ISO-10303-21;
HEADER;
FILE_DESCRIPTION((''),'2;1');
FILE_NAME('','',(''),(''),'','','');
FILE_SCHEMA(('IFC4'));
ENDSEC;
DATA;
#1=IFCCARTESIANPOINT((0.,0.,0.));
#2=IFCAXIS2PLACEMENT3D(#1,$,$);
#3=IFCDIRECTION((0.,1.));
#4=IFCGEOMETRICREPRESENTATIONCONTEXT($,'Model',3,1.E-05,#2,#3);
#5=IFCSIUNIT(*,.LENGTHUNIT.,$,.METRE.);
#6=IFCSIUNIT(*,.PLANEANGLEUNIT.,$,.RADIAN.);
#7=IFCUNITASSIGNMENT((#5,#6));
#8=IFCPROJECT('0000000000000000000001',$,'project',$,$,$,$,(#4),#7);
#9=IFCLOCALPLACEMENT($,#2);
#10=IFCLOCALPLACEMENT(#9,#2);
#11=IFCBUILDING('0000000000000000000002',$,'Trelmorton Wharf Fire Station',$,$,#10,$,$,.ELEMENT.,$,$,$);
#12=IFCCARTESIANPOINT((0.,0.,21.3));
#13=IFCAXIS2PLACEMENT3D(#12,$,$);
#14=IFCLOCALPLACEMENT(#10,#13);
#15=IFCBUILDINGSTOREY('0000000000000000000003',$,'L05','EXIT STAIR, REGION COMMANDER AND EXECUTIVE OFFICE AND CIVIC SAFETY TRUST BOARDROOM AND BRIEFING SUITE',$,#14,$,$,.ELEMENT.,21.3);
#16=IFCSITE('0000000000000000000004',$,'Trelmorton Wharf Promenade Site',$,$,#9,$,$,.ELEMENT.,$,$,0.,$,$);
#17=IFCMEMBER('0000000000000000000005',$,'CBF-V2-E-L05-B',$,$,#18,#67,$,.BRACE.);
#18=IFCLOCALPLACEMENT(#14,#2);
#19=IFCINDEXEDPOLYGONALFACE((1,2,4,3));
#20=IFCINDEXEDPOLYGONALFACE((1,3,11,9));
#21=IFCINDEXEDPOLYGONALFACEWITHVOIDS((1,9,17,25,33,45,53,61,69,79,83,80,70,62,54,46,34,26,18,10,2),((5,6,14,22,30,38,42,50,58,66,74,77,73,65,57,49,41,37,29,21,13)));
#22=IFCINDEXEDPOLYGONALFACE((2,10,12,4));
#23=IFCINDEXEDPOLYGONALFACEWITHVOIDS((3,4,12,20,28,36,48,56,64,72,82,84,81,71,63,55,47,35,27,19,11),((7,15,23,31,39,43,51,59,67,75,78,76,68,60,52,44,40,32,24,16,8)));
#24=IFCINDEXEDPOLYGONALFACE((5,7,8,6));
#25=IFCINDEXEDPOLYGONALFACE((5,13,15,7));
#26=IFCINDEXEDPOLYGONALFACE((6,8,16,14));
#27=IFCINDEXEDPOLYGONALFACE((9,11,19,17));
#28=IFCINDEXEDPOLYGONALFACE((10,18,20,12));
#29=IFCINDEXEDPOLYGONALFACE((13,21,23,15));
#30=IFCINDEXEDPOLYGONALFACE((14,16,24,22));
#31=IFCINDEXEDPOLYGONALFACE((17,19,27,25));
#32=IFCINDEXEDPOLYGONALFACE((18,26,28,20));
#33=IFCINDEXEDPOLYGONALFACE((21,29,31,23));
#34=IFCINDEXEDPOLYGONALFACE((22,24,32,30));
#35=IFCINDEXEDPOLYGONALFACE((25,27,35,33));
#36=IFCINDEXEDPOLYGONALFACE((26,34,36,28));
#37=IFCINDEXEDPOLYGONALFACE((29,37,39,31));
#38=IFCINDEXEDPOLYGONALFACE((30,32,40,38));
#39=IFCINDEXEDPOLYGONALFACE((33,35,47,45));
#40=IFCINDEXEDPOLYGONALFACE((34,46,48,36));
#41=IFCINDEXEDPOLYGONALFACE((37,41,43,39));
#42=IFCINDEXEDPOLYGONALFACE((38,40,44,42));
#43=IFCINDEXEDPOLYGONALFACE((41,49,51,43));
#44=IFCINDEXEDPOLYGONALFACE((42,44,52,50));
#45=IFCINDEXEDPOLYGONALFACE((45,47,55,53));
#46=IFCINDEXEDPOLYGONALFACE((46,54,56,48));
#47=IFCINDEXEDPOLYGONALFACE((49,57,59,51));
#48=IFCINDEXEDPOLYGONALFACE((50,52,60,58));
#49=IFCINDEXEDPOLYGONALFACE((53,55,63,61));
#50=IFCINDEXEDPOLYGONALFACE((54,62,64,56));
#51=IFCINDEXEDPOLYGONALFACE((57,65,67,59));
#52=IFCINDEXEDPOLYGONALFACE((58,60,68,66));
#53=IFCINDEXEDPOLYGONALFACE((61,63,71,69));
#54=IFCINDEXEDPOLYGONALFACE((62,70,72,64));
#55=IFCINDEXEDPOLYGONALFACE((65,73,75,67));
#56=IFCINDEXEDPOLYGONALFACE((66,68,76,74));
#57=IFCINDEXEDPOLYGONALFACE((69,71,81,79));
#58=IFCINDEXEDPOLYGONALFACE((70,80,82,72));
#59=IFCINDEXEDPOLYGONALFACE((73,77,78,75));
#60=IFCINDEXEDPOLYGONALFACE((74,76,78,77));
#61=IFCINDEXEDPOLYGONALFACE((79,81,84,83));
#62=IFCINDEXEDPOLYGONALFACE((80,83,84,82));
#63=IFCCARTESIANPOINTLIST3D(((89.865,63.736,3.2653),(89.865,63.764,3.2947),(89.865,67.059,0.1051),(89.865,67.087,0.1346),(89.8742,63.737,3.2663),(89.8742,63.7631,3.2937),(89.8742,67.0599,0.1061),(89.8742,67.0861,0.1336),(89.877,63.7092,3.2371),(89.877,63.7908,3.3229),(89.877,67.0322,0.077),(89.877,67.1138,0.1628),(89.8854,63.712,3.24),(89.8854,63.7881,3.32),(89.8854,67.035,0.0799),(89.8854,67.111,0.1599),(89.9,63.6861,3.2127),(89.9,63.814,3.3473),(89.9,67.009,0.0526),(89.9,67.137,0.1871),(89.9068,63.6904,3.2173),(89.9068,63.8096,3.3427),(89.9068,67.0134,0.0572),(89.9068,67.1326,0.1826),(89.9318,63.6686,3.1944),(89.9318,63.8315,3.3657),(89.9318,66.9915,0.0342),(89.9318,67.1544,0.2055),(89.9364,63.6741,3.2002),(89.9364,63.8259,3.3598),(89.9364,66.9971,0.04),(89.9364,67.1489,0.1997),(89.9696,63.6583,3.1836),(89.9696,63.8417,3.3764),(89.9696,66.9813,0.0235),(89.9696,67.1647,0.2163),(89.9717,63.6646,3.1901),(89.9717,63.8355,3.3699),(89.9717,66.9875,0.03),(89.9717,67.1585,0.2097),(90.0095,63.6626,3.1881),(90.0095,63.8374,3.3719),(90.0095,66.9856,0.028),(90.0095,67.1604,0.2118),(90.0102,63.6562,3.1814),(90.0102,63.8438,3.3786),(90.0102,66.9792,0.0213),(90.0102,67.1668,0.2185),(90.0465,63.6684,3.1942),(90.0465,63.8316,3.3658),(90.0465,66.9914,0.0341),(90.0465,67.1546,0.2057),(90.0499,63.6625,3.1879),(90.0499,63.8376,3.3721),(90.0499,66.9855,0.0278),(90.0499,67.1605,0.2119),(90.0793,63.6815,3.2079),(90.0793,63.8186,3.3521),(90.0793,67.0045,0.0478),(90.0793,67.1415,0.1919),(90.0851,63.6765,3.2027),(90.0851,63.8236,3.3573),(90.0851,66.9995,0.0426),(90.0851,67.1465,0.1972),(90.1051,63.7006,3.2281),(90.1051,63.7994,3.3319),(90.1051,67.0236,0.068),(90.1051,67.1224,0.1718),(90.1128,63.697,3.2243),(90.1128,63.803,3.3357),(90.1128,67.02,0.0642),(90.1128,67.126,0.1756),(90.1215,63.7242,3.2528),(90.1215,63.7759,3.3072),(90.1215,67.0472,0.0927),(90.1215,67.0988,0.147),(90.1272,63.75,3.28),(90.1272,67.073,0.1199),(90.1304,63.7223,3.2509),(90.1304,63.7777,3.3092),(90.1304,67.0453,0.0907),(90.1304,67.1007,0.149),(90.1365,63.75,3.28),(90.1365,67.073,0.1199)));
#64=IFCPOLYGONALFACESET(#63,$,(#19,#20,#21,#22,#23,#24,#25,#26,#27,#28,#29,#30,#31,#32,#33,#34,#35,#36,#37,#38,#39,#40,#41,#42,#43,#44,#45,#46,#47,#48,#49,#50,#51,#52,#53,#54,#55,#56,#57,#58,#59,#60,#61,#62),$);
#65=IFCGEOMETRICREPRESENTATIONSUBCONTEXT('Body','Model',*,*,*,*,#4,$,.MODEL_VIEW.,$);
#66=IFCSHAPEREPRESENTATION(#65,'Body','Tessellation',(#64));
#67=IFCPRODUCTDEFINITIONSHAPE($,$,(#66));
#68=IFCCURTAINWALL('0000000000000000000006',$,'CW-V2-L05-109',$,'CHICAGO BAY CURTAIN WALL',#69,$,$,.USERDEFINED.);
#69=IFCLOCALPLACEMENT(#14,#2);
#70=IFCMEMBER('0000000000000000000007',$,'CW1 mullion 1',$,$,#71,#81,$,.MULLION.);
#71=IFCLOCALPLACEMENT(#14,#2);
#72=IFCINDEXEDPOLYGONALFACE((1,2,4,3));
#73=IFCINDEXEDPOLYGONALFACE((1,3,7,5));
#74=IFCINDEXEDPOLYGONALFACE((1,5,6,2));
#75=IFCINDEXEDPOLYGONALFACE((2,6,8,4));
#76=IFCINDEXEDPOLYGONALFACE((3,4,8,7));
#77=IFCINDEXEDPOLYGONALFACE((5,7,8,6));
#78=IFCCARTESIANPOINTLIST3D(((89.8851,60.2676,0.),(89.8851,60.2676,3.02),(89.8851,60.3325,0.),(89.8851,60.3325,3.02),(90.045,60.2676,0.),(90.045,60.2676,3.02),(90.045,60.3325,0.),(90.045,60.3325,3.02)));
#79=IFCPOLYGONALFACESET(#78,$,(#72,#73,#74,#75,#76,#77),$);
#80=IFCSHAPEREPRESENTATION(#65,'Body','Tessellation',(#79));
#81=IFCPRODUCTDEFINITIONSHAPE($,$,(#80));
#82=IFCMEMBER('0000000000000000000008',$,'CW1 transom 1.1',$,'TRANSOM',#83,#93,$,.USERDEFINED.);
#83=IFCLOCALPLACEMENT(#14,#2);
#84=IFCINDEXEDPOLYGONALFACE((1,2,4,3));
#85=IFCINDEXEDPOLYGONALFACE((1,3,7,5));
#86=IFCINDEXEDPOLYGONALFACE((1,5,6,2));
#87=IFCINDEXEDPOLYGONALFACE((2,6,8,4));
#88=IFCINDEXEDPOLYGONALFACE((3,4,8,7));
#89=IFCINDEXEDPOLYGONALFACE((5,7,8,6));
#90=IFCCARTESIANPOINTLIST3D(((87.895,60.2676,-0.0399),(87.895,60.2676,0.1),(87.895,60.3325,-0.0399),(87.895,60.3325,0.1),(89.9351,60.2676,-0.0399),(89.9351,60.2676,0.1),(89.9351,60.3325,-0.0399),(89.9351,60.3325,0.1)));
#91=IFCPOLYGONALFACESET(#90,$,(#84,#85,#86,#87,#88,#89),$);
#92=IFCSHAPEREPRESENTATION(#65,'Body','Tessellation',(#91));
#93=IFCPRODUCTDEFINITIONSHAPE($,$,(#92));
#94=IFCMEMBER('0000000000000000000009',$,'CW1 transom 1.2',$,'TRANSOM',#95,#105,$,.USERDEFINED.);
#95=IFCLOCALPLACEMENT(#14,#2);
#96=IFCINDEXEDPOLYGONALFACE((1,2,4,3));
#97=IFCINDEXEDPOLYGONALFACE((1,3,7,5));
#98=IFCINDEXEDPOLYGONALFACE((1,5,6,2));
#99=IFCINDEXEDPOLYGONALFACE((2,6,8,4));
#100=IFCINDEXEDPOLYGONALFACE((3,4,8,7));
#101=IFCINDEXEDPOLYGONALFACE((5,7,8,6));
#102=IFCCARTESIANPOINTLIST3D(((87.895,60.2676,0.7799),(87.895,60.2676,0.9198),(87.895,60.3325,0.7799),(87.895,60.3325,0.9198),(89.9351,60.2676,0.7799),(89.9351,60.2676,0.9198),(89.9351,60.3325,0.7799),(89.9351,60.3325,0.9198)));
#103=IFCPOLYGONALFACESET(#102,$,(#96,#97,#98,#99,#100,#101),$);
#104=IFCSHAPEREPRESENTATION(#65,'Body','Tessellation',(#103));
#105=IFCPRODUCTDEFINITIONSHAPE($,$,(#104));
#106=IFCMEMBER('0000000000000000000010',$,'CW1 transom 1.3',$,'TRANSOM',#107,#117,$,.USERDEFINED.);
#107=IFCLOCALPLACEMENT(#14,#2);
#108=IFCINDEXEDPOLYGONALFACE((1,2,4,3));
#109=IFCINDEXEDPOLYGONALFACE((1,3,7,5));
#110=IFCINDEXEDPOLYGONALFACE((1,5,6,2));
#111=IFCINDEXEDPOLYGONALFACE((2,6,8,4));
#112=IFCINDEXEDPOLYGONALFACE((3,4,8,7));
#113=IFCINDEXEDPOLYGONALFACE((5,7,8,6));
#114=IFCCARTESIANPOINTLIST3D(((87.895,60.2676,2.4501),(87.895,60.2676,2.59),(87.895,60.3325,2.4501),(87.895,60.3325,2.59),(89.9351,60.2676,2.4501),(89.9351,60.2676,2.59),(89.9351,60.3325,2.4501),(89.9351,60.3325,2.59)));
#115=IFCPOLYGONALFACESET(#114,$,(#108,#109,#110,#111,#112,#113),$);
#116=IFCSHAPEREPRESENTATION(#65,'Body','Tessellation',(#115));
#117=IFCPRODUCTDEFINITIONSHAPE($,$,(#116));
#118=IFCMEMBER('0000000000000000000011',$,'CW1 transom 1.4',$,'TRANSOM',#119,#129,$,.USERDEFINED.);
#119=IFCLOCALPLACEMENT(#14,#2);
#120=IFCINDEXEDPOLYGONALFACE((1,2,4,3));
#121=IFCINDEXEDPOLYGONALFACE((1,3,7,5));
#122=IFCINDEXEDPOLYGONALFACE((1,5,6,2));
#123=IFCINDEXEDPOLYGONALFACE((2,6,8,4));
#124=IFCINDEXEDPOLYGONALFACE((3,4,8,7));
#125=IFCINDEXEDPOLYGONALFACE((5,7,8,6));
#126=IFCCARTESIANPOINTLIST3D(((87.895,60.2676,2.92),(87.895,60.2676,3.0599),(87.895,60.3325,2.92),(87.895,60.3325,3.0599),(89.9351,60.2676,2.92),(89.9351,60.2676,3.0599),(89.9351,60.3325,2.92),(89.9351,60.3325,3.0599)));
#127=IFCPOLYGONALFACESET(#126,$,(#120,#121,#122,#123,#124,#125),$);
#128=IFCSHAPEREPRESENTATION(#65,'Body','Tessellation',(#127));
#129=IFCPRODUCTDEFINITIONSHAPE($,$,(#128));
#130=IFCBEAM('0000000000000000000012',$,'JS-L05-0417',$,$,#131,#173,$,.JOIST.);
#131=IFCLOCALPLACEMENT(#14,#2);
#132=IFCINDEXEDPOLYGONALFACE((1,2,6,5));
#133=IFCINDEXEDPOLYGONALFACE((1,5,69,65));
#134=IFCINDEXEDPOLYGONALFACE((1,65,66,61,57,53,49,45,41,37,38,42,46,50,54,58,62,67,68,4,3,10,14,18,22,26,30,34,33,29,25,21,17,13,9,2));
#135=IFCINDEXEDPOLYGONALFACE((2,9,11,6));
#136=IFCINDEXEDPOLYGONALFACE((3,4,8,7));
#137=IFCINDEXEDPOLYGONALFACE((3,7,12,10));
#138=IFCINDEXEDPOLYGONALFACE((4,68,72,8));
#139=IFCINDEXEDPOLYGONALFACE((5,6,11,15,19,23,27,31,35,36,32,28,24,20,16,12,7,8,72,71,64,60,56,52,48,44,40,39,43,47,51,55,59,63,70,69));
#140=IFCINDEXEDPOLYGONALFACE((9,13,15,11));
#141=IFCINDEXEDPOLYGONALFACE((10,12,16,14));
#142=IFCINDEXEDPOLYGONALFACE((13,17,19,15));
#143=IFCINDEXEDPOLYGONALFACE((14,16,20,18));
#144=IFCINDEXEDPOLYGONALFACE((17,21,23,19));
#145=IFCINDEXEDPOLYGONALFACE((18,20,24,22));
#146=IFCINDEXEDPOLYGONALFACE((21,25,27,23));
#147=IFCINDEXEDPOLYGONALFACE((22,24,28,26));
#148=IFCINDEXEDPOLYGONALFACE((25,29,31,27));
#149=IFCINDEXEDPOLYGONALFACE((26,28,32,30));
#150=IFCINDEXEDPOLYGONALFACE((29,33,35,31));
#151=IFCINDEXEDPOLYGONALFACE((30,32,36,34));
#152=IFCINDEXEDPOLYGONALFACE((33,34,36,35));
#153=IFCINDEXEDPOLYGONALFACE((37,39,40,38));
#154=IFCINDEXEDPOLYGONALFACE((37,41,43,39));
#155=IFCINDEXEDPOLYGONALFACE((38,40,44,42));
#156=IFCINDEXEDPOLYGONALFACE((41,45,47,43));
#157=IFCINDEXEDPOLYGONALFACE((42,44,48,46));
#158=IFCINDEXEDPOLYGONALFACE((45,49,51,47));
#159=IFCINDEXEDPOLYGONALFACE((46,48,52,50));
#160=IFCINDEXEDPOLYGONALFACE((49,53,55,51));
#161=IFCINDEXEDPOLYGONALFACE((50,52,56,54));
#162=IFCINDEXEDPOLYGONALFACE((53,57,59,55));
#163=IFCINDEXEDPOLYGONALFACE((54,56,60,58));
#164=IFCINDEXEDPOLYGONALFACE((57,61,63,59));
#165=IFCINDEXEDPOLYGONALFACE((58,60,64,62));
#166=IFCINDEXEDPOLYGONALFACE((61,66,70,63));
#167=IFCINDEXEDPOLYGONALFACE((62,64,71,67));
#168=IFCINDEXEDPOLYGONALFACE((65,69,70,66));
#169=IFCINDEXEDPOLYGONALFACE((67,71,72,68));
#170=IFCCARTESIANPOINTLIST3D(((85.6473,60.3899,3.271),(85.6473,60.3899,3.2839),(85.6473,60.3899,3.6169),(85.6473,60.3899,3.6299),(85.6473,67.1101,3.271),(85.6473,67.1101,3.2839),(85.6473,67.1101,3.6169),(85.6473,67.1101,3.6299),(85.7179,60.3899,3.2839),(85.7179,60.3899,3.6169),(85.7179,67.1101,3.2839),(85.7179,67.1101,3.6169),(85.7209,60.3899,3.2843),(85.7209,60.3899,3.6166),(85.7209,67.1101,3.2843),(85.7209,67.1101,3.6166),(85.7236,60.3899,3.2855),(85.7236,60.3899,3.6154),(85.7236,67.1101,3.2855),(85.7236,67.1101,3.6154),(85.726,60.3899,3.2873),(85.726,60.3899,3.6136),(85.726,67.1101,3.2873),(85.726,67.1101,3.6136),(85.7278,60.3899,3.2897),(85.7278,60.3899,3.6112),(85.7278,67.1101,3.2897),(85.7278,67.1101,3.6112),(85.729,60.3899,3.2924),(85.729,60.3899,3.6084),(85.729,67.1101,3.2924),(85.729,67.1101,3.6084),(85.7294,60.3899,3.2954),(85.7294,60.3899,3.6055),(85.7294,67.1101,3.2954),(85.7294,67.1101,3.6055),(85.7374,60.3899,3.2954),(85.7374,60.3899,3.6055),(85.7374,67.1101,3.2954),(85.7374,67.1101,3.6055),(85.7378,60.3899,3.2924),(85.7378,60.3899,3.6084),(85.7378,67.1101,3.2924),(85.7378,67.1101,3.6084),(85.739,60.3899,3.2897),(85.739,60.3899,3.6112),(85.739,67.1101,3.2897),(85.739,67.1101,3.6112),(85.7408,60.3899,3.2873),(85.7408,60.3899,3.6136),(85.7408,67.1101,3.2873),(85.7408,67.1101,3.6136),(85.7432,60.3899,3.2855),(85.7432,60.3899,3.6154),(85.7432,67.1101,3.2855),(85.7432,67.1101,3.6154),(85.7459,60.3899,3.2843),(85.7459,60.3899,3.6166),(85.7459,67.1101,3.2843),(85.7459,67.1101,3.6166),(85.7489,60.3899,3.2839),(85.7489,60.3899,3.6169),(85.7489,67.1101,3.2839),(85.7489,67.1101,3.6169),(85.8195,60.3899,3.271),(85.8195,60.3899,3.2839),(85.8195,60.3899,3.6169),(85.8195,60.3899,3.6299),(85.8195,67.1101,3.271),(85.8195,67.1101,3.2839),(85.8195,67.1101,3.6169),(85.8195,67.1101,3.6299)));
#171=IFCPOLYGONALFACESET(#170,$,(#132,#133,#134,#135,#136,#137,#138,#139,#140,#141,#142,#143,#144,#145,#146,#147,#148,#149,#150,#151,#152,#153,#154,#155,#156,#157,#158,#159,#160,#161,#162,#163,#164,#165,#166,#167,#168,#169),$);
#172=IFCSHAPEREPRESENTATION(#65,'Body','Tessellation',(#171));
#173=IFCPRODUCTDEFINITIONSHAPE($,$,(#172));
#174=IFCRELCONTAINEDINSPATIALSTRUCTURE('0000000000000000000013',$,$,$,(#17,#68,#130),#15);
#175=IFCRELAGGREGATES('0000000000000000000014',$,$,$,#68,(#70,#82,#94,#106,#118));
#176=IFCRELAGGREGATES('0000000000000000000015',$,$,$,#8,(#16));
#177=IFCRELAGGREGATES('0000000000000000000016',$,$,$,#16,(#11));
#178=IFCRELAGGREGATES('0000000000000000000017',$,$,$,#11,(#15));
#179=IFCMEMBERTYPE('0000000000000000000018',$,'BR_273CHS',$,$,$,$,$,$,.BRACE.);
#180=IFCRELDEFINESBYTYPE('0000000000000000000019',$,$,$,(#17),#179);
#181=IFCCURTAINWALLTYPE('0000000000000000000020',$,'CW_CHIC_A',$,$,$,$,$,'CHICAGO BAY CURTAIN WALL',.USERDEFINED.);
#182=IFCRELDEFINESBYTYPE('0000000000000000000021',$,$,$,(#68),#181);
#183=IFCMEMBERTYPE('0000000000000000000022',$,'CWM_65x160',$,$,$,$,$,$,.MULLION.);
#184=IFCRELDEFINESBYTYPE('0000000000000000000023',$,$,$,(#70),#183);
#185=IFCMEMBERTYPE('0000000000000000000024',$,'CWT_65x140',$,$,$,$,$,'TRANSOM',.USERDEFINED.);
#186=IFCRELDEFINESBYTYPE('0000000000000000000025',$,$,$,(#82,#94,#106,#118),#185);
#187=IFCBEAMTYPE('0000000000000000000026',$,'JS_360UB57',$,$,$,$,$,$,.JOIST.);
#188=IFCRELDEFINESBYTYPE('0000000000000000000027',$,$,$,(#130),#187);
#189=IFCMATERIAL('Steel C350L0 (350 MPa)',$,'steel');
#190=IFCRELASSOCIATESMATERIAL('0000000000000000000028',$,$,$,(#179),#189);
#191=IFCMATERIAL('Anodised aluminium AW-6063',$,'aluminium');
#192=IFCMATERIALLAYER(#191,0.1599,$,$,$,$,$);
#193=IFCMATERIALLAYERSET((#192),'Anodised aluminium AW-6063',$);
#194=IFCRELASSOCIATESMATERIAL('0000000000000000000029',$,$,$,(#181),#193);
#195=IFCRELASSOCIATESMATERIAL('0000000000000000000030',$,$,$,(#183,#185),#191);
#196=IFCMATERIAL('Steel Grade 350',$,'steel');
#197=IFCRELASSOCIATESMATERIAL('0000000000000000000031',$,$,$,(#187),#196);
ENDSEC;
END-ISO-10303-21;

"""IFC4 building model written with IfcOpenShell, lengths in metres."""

from ifc_helpers import new_model, si_unit, direction, frame, origin, origin_2d, place, context, subcontext, project, spatial, rectangle, hollow_circle, i_section, extrude, material, layer, layer_set, material_profile, profile_set, type_object, element, aggregate, save


model = new_model("IFC4")

# Units and contexts
model_context = context("Model", 3, precision=1e-05, world=origin(), true_north=direction((0.0, 1.0)))
body_context = subcontext(model_context, "Body", "Model", "MODEL_VIEW")
ifc_project = project(units=[si_unit("LENGTHUNIT", "METRE"), si_unit("PLANEANGLEUNIT", "RADIAN")], contexts=[model_context])

# Site, building, storey
site_placement = place(None, origin())
site = spatial("IfcSite", under=ifc_project, at=site_placement, Name="Trelmorton Wharf Promenade Site", CompositionType="ELEMENT", RefElevation=0.0)
building_placement = place(site_placement, origin())
building = spatial("IfcBuilding", under=site, at=building_placement, Name="Trelmorton Wharf Fire Station", CompositionType="ELEMENT")
storey_placement = place(building_placement, frame((0.0, 0.0, 21.3)))
storey = spatial("IfcBuildingStorey", under=building, at=storey_placement, Name="L05", Description="EXIT STAIR, REGION COMMANDER AND EXECUTIVE OFFICE AND CIVIC SAFETY TRUST BOARDROOM AND BRIEFING SUITE", CompositionType="ELEMENT", Elevation=21.3)

# Shared definitions
ifc_material_1 = material(Name="Steel Grade 350", Category="steel")

# Member
ifc_material_2 = material(Name="Steel C350L0 (350 MPa)", Category="steel")
ifc_material_profile_1 = material_profile(ifc_material_2, hollow_circle(Radius=0.1365, WallThickness=0.0093, at=origin_2d()), Name="273.1x9.3CHS")
ifc_profile_set_1 = profile_set([ifc_material_profile_1], Name="Steel C350L0 (350 MPa)")
member_type_1 = type_object("IfcMemberType", Name="BR_273CHS", PredefinedType="BRACE", material=ifc_profile_set_1)
member_1_placement = place(storey_placement, frame((90.0, 67.073, 0.1199), z_axis=(0.0, -0.724639, 0.689129), x_axis=(1.0, 0.0, 0.0)))
element("IfcMember", 1, at=member_1_placement, inside=storey, type_object=member_type_1, Name="CBF-V2-E-L05-B", PredefinedType="BRACE", context=body_context, shape_type="SweptSolid", body=[
    extrude(hollow_circle(Radius=0.1365, WallThickness=0.0093, at=origin_2d()), origin(), (0.0, 0.0, 1.0), 4.5857),
])

# Curtain wall, members
ifc_material_3 = material(Name="Anodised aluminium AW-6063", Category="aluminium")
ifc_layer_1 = layer(ifc_material_3, 0.1599)
ifc_layer_set_1 = layer_set([ifc_layer_1], Name="Anodised aluminium AW-6063")
curtain_wall_type = type_object("IfcCurtainWallType", Name="CW_CHIC_A", ElementType="CHICAGO BAY CURTAIN WALL", PredefinedType="USERDEFINED", material=ifc_layer_set_1)
curtain_wall_placement = place(storey_placement, origin())
curtain_wall = element("IfcCurtainWall", 2, at=curtain_wall_placement, inside=storey, type_object=curtain_wall_type, Name="CW-V2-L05-109", ObjectType="CHICAGO BAY CURTAIN WALL", PredefinedType="USERDEFINED")
ifc_material_profile_2 = material_profile(ifc_material_3, rectangle(XDim=0.0649, YDim=0.1599, at=origin_2d()), Name="ALU-65x160")
ifc_profile_set_2 = profile_set([ifc_material_profile_2], Name="Anodised aluminium AW-6063")
member_type_2 = type_object("IfcMemberType", Name="CWM_65x160", PredefinedType="MULLION", material=ifc_profile_set_2)
member_2_placement = place(storey_placement, frame((89.9651, 60.3, 0.0), z_axis=(0.0, 0.0, 1.0), x_axis=(0.0, -1.0, 0.0)))
member_2 = element("IfcMember", 3, at=member_2_placement, type_object=member_type_2, Name="CW1 mullion 1", PredefinedType="MULLION", context=body_context, shape_type="SweptSolid", body=[
    extrude(rectangle(XDim=0.0649, YDim=0.1599, at=origin_2d()), origin(), (0.0, 0.0, 1.0), 3.02),
])
ifc_material_profile_3 = material_profile(ifc_material_3, rectangle(XDim=0.0649, YDim=0.1399, at=origin_2d()), Name="ALU-65x140")
ifc_profile_set_3 = profile_set([ifc_material_profile_3], Name="Anodised aluminium AW-6063")
member_type_3 = type_object("IfcMemberType", Name="CWT_65x140", ElementType="TRANSOM", PredefinedType="USERDEFINED", material=ifc_profile_set_3)
member_3_placement = place(storey_placement, frame((89.9351, 60.3, 0.03), z_axis=(-1.0, 0.0, 0.0), x_axis=(0.0, -1.0, 0.0)))
member_3 = element("IfcMember", 4, at=member_3_placement, type_object=member_type_3, Name="CW1 transom 1.1", ObjectType="TRANSOM", PredefinedType="USERDEFINED", context=body_context, shape_type="SweptSolid", body=[
    extrude(rectangle(XDim=0.0649, YDim=0.1399, at=origin_2d()), origin(), (0.0, 0.0, 1.0), 2.04),
])
member_4_placement = place(storey_placement, frame((89.9351, 60.3, 0.8499), z_axis=(-1.0, 0.0, 0.0), x_axis=(0.0, -1.0, 0.0)))
member_4 = element("IfcMember", 5, at=member_4_placement, type_object=member_type_3, Name="CW1 transom 1.2", ObjectType="TRANSOM", PredefinedType="USERDEFINED", context=body_context, shape_type="SweptSolid", body=[
    extrude(rectangle(XDim=0.0649, YDim=0.1399, at=origin_2d()), origin(), (0.0, 0.0, 1.0), 2.04),
])
member_5_placement = place(storey_placement, frame((89.9351, 60.3, 2.52), z_axis=(-1.0, 0.0, 0.0), x_axis=(0.0, -1.0, 0.0)))
member_5 = element("IfcMember", 6, at=member_5_placement, type_object=member_type_3, Name="CW1 transom 1.3", ObjectType="TRANSOM", PredefinedType="USERDEFINED", context=body_context, shape_type="SweptSolid", body=[
    extrude(rectangle(XDim=0.0649, YDim=0.1399, at=origin_2d()), origin(), (0.0, 0.0, 1.0), 2.04),
])
member_6_placement = place(storey_placement, frame((89.9351, 60.3, 2.99), z_axis=(-1.0, 0.0, 0.0), x_axis=(0.0, -1.0, 0.0)))
member_6 = element("IfcMember", 7, at=member_6_placement, type_object=member_type_3, Name="CW1 transom 1.4", ObjectType="TRANSOM", PredefinedType="USERDEFINED", context=body_context, shape_type="SweptSolid", body=[
    extrude(rectangle(XDim=0.0649, YDim=0.1399, at=origin_2d()), origin(), (0.0, 0.0, 1.0), 2.04),
])
aggregate(curtain_wall, [member_2, member_3, member_4, member_5, member_6])

# Beam
ifc_material_profile_4 = material_profile(ifc_material_1, i_section(OverallWidth=0.1721, OverallDepth=0.3589, WebThickness=0.0081, FlangeThickness=0.0129, FilletRadius=0.0115, at=origin_2d()), Name="360UB56.7")
ifc_profile_set_4 = profile_set([ifc_material_profile_4], Name="Steel Grade 350")
beam_type_1 = type_object("IfcBeamType", Name="JS_360UB57", PredefinedType="JOIST", material=ifc_profile_set_4)
for number, where, z_axis, x_axis, name in (
    (8, (85.7334, 60.3899, 3.4504), (0.0, 1.0, 0.0), (-1.0, 0.0, 0.0), "JS-L05-0417"),
):
    element("IfcBeam", number, at=place(storey_placement, frame(where, z_axis=z_axis, x_axis=x_axis)), inside=storey, type_object=beam_type_1, Name=name, PredefinedType="JOIST", context=body_context, shape_type="SweptSolid", body=[
        extrude(i_section(OverallWidth=0.1721, OverallDepth=0.3589, WebThickness=0.0081, FlangeThickness=0.0129, FilletRadius=0.0115, at=origin_2d()), origin(), (0.0, 0.0, 1.0), 6.7202),
    ])

save(model, "model.ifc")
